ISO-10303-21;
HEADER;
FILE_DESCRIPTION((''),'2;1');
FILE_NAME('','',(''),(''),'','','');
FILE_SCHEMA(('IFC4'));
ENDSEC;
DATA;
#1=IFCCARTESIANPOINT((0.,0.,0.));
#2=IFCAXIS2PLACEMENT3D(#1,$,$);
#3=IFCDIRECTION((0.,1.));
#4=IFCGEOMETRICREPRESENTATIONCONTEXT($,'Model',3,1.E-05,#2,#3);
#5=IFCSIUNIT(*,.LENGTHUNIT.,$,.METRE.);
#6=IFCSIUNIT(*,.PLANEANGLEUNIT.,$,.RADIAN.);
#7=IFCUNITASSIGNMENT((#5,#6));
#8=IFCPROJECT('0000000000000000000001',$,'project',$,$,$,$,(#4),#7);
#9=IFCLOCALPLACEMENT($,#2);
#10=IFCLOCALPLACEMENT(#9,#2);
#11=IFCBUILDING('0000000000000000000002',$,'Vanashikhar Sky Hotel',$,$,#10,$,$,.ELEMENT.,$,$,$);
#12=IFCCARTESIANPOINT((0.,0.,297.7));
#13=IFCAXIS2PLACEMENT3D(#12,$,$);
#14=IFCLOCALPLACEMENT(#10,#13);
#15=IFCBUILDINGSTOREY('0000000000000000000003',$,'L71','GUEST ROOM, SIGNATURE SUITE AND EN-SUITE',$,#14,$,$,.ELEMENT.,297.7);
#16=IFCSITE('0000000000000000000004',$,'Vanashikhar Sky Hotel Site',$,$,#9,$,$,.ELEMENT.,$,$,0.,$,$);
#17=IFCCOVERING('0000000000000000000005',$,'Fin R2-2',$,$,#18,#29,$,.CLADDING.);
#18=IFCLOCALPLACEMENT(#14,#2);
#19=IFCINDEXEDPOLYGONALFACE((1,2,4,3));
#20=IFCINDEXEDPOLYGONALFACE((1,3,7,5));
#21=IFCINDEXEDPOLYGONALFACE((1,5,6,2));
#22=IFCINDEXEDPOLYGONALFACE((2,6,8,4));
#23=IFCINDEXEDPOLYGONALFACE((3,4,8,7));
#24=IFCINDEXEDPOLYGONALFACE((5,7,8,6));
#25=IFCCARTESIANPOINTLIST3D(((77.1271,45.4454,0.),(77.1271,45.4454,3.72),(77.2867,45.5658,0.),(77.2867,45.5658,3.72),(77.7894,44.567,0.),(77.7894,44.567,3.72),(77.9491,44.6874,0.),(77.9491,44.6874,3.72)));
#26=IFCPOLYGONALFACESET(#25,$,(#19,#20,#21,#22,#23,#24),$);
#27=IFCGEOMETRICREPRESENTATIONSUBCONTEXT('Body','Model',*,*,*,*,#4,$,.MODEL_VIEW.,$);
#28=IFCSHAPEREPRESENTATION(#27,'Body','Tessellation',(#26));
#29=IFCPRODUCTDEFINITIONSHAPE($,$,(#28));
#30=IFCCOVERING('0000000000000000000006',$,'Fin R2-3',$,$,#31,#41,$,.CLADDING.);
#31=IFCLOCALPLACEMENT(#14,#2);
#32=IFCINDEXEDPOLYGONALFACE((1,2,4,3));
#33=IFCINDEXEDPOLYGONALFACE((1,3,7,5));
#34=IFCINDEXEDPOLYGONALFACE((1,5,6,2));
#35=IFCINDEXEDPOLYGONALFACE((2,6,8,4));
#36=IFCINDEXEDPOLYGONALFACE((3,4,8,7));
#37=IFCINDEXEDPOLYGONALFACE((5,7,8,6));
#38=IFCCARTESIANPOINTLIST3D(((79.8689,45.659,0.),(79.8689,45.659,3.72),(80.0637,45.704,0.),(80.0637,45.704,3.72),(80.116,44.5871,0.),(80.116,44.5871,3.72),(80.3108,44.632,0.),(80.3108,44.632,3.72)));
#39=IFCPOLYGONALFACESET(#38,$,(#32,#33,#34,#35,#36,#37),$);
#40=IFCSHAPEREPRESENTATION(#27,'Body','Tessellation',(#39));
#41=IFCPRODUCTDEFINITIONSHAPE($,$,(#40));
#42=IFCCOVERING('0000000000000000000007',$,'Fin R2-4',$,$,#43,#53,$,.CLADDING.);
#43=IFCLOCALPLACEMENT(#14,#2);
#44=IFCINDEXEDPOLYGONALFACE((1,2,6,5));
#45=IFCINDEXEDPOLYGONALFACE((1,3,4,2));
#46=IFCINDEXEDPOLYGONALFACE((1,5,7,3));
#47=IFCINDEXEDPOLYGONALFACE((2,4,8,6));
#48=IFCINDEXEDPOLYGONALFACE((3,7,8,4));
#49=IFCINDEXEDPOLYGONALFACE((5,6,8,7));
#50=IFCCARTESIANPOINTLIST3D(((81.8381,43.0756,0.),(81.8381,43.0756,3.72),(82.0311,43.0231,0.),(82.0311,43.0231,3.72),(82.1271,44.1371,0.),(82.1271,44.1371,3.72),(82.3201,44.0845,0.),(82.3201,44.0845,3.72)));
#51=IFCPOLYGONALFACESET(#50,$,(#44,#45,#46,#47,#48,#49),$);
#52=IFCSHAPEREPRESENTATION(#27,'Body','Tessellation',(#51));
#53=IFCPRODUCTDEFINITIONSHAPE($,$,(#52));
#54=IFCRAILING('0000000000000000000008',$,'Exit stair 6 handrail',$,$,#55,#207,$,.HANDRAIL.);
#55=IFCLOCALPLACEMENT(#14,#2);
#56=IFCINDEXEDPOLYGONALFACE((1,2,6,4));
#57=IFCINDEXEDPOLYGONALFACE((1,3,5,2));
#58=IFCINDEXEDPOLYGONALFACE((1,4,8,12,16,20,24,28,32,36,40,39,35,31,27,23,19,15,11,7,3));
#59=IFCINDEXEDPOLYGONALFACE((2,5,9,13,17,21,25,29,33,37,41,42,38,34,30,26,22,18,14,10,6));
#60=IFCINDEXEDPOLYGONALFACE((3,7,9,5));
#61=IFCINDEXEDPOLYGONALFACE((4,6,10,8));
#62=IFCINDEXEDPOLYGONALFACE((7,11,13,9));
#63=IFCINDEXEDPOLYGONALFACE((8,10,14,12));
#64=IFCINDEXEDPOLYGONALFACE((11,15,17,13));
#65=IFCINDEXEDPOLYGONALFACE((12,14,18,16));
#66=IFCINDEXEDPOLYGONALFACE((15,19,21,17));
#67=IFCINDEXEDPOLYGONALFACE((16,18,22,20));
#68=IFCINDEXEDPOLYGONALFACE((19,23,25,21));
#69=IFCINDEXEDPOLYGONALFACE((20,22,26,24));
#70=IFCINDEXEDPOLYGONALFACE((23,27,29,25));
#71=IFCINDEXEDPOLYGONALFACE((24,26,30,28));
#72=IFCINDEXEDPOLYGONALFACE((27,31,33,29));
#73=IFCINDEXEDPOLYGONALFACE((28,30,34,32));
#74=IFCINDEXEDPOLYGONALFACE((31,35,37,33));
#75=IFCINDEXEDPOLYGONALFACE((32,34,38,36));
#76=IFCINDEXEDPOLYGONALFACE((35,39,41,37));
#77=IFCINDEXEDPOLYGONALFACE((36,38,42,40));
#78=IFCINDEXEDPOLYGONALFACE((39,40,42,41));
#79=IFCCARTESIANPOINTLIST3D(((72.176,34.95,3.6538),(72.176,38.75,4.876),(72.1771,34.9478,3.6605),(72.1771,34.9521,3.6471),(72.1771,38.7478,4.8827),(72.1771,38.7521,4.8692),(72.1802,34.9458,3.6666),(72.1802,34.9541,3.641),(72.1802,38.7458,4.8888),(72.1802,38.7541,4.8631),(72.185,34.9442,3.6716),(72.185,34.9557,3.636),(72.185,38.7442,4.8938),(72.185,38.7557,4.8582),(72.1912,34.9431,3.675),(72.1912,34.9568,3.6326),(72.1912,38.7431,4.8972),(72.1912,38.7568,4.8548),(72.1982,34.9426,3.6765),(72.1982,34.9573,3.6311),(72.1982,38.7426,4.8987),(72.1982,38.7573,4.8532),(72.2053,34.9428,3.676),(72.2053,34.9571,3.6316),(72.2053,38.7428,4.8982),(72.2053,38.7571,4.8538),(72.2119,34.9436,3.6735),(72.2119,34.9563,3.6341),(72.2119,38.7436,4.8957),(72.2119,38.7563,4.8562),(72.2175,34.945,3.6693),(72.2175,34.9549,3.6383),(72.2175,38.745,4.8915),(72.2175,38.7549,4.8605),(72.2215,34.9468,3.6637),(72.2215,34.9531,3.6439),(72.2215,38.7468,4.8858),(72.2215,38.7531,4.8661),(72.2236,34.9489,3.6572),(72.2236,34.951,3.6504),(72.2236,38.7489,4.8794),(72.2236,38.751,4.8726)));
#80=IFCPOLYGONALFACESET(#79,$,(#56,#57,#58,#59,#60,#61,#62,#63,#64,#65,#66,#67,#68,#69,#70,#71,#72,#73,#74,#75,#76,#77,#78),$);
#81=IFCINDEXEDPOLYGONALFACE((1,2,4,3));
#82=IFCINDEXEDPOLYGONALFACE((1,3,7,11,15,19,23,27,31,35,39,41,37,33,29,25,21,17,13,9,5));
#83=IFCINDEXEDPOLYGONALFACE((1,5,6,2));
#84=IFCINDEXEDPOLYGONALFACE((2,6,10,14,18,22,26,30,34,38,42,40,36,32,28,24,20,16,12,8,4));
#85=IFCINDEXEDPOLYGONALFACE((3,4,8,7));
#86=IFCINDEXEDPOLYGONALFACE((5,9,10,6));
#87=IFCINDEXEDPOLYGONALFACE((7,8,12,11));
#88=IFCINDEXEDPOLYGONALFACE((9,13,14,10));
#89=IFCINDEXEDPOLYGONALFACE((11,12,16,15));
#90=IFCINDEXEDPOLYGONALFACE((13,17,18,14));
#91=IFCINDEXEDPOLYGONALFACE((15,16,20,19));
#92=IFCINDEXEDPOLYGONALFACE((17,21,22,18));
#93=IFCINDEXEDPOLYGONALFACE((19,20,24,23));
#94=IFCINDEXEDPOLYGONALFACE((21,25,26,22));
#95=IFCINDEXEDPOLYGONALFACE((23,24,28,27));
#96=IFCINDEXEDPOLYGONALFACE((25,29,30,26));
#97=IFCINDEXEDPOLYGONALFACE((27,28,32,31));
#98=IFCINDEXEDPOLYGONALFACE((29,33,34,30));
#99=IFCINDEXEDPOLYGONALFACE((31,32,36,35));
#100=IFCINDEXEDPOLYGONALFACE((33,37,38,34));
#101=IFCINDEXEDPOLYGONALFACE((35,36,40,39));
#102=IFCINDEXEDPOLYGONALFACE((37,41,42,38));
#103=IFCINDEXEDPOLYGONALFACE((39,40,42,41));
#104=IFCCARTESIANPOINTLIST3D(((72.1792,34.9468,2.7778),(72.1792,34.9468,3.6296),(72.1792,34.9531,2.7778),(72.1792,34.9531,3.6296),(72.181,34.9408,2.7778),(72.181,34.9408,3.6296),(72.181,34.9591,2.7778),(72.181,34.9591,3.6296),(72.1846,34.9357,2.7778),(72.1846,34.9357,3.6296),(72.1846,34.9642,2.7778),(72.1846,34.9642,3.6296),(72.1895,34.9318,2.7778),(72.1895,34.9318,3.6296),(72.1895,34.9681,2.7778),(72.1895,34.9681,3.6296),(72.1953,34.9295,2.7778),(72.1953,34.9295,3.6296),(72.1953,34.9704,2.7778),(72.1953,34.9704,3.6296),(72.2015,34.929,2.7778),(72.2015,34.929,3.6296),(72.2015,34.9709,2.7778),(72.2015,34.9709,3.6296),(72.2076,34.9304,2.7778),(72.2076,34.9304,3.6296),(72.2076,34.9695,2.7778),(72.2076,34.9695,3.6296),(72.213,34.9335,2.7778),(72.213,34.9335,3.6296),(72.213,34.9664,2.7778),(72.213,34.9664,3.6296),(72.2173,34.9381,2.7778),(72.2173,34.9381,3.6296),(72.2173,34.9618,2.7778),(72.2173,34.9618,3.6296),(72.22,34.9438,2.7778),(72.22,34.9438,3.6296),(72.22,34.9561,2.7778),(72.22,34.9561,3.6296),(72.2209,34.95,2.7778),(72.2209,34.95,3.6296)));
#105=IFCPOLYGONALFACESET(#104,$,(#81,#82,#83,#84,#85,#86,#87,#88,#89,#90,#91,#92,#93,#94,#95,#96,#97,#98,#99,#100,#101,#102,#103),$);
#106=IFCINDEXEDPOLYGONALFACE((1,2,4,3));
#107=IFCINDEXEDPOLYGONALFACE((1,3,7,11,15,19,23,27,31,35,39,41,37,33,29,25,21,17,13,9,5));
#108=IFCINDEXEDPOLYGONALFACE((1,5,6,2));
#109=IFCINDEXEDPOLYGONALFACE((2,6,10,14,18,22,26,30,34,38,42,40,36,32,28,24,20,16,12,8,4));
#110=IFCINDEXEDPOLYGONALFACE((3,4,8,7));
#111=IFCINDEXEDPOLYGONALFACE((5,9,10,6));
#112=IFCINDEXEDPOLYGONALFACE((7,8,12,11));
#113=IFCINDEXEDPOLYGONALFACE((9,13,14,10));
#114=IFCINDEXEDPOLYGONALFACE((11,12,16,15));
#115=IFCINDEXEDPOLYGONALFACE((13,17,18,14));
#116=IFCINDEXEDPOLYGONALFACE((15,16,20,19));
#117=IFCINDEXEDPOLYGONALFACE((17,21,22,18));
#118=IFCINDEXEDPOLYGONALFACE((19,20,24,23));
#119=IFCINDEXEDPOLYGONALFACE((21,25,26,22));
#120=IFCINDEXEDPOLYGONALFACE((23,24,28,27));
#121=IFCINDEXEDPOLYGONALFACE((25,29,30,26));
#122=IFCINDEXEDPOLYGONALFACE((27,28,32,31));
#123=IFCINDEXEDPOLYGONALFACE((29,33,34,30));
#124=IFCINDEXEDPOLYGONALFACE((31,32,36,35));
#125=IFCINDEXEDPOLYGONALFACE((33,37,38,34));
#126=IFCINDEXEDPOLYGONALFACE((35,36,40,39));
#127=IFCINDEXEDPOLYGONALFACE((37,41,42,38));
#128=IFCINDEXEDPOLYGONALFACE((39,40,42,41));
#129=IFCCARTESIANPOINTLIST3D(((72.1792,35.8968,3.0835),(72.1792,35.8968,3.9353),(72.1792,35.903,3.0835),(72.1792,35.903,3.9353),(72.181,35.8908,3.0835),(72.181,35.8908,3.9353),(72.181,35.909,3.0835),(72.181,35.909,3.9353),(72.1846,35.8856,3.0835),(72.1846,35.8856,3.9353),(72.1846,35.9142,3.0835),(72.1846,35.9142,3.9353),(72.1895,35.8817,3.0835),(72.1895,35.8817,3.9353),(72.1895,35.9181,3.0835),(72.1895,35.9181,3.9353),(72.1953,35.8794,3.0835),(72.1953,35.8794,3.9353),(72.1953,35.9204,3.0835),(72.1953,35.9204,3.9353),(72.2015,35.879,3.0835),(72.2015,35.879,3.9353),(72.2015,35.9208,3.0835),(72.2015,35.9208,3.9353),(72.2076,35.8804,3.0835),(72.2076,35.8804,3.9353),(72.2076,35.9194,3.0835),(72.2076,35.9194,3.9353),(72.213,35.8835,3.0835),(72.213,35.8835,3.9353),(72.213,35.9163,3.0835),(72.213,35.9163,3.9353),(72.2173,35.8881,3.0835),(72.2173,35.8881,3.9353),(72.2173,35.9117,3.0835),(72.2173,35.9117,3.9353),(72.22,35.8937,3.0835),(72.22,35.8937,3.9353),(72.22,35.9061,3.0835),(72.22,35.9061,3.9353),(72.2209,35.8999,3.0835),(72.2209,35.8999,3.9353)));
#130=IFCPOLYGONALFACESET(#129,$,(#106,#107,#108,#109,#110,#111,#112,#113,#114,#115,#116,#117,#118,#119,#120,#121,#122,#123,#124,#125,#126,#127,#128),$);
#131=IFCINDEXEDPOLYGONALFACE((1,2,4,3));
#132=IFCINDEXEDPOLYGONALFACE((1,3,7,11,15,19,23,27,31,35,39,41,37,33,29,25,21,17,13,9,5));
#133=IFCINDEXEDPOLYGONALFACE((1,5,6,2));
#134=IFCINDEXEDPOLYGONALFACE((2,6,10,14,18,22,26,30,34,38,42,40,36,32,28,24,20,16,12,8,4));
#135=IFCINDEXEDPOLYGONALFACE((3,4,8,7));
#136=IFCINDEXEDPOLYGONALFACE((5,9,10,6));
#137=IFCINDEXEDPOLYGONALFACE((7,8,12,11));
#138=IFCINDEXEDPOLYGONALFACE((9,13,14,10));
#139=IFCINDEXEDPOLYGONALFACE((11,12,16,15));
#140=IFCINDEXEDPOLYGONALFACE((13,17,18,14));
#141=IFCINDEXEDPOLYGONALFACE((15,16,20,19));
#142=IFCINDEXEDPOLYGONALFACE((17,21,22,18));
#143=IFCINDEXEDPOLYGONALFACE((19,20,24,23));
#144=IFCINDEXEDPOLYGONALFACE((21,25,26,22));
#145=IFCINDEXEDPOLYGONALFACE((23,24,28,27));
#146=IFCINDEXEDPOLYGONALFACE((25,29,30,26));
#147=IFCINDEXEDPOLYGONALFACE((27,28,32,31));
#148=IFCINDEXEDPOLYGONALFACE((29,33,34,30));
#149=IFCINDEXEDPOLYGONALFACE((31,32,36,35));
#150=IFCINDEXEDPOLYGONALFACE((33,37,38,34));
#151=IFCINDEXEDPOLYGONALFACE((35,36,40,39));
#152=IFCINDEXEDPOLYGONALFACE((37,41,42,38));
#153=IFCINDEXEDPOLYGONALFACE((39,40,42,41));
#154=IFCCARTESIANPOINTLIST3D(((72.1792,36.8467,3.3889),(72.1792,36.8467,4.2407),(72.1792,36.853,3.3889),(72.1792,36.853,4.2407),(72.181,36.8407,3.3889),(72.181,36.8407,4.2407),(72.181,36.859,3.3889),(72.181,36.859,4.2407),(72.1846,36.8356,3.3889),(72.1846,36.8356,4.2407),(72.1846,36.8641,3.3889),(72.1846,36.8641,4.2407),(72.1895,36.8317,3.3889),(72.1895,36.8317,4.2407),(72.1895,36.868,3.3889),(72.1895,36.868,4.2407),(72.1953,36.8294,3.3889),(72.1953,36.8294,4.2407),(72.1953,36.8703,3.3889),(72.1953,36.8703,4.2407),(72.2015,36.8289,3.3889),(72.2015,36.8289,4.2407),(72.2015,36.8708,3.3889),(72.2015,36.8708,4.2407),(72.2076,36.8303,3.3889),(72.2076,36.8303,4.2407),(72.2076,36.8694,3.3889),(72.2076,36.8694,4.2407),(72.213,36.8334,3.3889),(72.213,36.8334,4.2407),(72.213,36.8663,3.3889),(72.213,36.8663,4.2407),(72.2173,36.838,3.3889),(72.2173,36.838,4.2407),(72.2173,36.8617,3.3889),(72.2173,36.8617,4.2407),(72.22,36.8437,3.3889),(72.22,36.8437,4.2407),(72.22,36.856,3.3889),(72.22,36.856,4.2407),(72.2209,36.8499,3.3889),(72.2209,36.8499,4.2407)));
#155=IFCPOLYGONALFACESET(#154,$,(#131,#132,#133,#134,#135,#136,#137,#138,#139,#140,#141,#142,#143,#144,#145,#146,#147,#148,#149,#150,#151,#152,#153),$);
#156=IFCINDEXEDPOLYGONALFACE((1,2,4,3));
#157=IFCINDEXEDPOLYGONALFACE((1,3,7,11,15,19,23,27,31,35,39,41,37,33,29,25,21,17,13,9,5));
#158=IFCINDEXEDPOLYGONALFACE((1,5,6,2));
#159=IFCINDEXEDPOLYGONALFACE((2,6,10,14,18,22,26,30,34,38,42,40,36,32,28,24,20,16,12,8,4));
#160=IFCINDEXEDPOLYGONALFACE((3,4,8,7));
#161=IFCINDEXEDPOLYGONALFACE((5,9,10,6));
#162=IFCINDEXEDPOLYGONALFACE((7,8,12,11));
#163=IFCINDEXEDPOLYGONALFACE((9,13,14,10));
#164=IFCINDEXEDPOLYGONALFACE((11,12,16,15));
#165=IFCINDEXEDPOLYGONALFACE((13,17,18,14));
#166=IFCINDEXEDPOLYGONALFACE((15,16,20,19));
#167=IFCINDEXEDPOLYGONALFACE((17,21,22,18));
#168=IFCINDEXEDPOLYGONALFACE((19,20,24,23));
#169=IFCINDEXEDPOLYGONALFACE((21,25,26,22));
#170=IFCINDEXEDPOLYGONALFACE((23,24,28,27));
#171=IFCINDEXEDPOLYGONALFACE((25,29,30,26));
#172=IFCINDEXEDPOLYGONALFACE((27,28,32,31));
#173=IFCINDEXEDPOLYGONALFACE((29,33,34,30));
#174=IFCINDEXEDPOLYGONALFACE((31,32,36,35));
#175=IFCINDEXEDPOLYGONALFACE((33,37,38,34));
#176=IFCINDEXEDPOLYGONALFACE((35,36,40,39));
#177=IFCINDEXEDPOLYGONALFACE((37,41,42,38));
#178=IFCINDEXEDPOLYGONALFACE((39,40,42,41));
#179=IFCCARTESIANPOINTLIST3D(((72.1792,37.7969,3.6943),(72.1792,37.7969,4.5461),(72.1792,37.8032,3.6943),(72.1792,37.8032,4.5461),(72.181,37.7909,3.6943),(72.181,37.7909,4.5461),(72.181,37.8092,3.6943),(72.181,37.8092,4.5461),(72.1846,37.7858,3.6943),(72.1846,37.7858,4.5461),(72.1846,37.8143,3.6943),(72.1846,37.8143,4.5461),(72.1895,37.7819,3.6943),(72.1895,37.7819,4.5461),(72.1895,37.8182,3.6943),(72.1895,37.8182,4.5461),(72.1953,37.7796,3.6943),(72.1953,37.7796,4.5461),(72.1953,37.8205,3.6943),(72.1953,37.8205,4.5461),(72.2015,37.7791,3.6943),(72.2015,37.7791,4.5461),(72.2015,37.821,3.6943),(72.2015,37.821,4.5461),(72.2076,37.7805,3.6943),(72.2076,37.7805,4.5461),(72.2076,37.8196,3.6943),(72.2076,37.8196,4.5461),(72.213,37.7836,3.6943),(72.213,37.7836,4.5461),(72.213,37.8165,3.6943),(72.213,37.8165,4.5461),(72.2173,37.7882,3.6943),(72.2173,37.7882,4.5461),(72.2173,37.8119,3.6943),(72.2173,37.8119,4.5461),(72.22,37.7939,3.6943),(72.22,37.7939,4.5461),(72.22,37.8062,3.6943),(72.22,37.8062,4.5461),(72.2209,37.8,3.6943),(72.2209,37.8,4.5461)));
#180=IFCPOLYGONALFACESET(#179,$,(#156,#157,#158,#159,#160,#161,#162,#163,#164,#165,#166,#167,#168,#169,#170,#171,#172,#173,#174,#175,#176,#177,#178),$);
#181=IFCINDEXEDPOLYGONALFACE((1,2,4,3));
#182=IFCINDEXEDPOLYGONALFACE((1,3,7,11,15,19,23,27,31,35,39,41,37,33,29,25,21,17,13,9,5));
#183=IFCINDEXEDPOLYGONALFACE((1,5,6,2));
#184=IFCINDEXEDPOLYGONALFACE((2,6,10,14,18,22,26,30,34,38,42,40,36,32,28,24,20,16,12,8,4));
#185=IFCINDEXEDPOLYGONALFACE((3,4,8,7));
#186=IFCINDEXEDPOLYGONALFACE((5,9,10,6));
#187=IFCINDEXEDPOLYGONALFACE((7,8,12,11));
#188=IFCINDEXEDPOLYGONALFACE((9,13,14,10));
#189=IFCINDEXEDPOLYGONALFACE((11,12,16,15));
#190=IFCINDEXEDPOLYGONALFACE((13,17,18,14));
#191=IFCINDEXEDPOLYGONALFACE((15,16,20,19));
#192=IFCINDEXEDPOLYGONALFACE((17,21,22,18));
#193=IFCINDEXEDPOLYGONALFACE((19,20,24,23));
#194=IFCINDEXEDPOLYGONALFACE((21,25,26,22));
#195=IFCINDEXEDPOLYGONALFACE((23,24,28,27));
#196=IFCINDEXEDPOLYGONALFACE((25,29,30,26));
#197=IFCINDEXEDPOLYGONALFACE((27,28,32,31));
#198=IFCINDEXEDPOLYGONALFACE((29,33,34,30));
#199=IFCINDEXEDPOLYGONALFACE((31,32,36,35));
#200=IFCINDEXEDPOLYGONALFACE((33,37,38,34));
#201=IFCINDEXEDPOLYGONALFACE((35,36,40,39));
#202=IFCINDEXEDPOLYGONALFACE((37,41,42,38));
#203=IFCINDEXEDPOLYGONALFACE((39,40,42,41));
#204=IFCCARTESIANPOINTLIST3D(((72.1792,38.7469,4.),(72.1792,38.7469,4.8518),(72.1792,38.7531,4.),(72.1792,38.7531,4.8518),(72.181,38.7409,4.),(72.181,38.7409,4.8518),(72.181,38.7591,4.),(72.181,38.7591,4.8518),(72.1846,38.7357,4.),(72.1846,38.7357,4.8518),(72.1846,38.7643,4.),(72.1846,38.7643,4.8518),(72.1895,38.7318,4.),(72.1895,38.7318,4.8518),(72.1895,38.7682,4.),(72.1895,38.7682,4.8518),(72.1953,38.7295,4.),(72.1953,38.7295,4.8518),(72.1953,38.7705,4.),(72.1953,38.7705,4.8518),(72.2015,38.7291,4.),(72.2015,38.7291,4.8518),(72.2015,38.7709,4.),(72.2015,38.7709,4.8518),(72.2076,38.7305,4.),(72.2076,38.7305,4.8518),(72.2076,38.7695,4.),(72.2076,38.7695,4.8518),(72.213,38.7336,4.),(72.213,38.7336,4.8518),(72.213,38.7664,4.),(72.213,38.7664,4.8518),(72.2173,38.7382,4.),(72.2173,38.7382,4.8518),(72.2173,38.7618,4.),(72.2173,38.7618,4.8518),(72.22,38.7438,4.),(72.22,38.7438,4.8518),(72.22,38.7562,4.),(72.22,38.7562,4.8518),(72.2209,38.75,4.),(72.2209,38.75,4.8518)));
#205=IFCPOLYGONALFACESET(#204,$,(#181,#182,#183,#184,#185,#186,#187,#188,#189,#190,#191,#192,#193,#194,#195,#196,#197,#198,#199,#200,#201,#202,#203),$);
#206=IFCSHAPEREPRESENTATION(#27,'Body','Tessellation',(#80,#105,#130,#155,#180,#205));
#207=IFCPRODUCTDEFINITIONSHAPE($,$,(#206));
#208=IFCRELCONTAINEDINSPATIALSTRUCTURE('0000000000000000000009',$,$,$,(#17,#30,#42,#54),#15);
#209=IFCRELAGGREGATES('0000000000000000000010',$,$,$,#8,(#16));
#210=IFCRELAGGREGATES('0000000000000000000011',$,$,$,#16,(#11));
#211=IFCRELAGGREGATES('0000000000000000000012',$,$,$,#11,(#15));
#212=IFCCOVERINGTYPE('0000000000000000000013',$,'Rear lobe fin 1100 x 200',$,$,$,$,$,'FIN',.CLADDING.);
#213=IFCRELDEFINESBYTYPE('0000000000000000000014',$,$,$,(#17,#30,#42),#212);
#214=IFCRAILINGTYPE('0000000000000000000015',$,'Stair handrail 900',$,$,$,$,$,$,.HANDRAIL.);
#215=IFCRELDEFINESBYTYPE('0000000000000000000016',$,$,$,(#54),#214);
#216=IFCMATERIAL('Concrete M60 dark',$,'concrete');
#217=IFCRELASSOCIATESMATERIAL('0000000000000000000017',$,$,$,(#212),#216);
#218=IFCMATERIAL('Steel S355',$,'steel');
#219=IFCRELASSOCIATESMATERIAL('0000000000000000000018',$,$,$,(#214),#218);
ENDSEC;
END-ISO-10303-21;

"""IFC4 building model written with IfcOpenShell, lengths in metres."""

from ifc_helpers import new_model, si_unit, direction, frame, origin, origin_2d, place, context, subcontext, project, spatial, rectangle, circle, extrude, source, transform, mapped, material, material_profile, profile_set, type_object, element, save


model = new_model("IFC4")

# Units and contexts
model_context = context("Model", 3, precision=1e-05, world=origin(), true_north=direction((0.0, 1.0)))
body_context = subcontext(model_context, "Body", "Model", "MODEL_VIEW")
ifc_project = project(units=[si_unit("LENGTHUNIT", "METRE"), si_unit("PLANEANGLEUNIT", "RADIAN")], contexts=[model_context])

# Site, building, storey
site_placement = place(None, origin())
site = spatial("IfcSite", under=ifc_project, at=site_placement, Name="Vanashikhar Sky Hotel Site", CompositionType="ELEMENT", RefElevation=0.0)
building_placement = place(site_placement, origin())
building = spatial("IfcBuilding", under=site, at=building_placement, Name="Vanashikhar Sky Hotel", CompositionType="ELEMENT")
storey_placement = place(building_placement, frame((0.0, 0.0, 297.7)))
storey = spatial("IfcBuildingStorey", under=building, at=storey_placement, Name="L71", Description="GUEST ROOM, SIGNATURE SUITE AND EN-SUITE", CompositionType="ELEMENT", Elevation=297.7)

# Coverings
ifc_material_1 = material(Name="Concrete M60 dark", Category="concrete")
ifc_material_profile = material_profile(ifc_material_1, rectangle(XDim=1.1001, YDim=0.2, at=origin_2d()))
ifc_profile_set = profile_set([ifc_material_profile], Name="Rear lobe fin 1100 x 200")
covering_type = type_object("IfcCoveringType", Name="Rear lobe fin 1100 x 200", ElementType="FIN", PredefinedType="CLADDING", material=ifc_profile_set)
shared_shape_1 = source(origin(), body_context, "Body", "SweptSolid", [
    extrude(rectangle(XDim=1.1001, YDim=0.2, at=origin_2d()), origin(), (0.0, 0.0, 1.0), 3.72),
])
for number, where, z_axis, x_axis, name in (
    (1, (77.5381, 45.0664, 0.0), (0.0, 0.0, 1.0), (-0.602066, 0.798446, 0.0), "Fin R2-2"),
    (2, (80.0898, 45.1455, 0.0), (0.0, 0.0, 1.0), (-0.224645, 0.974441, 0.0), "Fin R2-3"),
    (3, (82.0791, 43.5801, 0.0), (0.0, 0.0, 1.0), (0.262711, 0.964874, 0.0), "Fin R2-4"),
):
    element("IfcCovering", number, at=place(storey_placement, frame(where, z_axis=z_axis, x_axis=x_axis)), inside=storey, type_object=covering_type, Name=name, PredefinedType="CLADDING", context=body_context, shape_type="MappedRepresentation", body=[
        mapped(shared_shape_1, transform((0.0, 0.0, 0.0), scale=1.0)),
    ])

# Railing
ifc_material_2 = material(Name="Steel S355", Category="steel")
railing_type = type_object("IfcRailingType", Name="Stair handrail 900", PredefinedType="HANDRAIL", material=ifc_material_2)
shared_shape_2 = source(origin(), body_context, "Body", "SweptSolid", [
    extrude(circle(Radius=0.0239, at=origin_2d()), frame((0.0, 0.0, 0.876), z_axis=(0.0, 0.951976, 0.306173), x_axis=(-1.0, 0.0, 0.0)), (0.0, 0.0, 1.0), 3.9917),
    extrude(circle(Radius=0.021, at=origin_2d()), origin(), (0.0, 0.0, 1.0), 0.8518),
    extrude(circle(Radius=0.021, at=origin_2d()), frame((0.0, 0.95, 0.3057)), (0.0, 0.0, 1.0), 0.8518),
    extrude(circle(Radius=0.021, at=origin_2d()), frame((0.0, 1.8999, 0.6111)), (0.0, 0.0, 1.0), 0.8518),
    extrude(circle(Radius=0.021, at=origin_2d()), frame((0.0, 2.8501, 0.9165)), (0.0, 0.0, 1.0), 0.8518),
    extrude(circle(Radius=0.021, at=origin_2d()), frame((0.0, 3.8, 1.2222)), (0.0, 0.0, 1.0), 0.8518),
])
railing_1_placement = place(storey_placement, frame((72.2, 34.95, 2.7778)))
element("IfcRailing", 4, at=railing_1_placement, inside=storey, type_object=railing_type, Name="Exit stair 6 handrail", PredefinedType="HANDRAIL", context=body_context, shape_type="MappedRepresentation", body=[
    mapped(shared_shape_2, transform((0.0, 0.0, 0.0), scale=1.0)),
])

save(model, "model.ifc")
